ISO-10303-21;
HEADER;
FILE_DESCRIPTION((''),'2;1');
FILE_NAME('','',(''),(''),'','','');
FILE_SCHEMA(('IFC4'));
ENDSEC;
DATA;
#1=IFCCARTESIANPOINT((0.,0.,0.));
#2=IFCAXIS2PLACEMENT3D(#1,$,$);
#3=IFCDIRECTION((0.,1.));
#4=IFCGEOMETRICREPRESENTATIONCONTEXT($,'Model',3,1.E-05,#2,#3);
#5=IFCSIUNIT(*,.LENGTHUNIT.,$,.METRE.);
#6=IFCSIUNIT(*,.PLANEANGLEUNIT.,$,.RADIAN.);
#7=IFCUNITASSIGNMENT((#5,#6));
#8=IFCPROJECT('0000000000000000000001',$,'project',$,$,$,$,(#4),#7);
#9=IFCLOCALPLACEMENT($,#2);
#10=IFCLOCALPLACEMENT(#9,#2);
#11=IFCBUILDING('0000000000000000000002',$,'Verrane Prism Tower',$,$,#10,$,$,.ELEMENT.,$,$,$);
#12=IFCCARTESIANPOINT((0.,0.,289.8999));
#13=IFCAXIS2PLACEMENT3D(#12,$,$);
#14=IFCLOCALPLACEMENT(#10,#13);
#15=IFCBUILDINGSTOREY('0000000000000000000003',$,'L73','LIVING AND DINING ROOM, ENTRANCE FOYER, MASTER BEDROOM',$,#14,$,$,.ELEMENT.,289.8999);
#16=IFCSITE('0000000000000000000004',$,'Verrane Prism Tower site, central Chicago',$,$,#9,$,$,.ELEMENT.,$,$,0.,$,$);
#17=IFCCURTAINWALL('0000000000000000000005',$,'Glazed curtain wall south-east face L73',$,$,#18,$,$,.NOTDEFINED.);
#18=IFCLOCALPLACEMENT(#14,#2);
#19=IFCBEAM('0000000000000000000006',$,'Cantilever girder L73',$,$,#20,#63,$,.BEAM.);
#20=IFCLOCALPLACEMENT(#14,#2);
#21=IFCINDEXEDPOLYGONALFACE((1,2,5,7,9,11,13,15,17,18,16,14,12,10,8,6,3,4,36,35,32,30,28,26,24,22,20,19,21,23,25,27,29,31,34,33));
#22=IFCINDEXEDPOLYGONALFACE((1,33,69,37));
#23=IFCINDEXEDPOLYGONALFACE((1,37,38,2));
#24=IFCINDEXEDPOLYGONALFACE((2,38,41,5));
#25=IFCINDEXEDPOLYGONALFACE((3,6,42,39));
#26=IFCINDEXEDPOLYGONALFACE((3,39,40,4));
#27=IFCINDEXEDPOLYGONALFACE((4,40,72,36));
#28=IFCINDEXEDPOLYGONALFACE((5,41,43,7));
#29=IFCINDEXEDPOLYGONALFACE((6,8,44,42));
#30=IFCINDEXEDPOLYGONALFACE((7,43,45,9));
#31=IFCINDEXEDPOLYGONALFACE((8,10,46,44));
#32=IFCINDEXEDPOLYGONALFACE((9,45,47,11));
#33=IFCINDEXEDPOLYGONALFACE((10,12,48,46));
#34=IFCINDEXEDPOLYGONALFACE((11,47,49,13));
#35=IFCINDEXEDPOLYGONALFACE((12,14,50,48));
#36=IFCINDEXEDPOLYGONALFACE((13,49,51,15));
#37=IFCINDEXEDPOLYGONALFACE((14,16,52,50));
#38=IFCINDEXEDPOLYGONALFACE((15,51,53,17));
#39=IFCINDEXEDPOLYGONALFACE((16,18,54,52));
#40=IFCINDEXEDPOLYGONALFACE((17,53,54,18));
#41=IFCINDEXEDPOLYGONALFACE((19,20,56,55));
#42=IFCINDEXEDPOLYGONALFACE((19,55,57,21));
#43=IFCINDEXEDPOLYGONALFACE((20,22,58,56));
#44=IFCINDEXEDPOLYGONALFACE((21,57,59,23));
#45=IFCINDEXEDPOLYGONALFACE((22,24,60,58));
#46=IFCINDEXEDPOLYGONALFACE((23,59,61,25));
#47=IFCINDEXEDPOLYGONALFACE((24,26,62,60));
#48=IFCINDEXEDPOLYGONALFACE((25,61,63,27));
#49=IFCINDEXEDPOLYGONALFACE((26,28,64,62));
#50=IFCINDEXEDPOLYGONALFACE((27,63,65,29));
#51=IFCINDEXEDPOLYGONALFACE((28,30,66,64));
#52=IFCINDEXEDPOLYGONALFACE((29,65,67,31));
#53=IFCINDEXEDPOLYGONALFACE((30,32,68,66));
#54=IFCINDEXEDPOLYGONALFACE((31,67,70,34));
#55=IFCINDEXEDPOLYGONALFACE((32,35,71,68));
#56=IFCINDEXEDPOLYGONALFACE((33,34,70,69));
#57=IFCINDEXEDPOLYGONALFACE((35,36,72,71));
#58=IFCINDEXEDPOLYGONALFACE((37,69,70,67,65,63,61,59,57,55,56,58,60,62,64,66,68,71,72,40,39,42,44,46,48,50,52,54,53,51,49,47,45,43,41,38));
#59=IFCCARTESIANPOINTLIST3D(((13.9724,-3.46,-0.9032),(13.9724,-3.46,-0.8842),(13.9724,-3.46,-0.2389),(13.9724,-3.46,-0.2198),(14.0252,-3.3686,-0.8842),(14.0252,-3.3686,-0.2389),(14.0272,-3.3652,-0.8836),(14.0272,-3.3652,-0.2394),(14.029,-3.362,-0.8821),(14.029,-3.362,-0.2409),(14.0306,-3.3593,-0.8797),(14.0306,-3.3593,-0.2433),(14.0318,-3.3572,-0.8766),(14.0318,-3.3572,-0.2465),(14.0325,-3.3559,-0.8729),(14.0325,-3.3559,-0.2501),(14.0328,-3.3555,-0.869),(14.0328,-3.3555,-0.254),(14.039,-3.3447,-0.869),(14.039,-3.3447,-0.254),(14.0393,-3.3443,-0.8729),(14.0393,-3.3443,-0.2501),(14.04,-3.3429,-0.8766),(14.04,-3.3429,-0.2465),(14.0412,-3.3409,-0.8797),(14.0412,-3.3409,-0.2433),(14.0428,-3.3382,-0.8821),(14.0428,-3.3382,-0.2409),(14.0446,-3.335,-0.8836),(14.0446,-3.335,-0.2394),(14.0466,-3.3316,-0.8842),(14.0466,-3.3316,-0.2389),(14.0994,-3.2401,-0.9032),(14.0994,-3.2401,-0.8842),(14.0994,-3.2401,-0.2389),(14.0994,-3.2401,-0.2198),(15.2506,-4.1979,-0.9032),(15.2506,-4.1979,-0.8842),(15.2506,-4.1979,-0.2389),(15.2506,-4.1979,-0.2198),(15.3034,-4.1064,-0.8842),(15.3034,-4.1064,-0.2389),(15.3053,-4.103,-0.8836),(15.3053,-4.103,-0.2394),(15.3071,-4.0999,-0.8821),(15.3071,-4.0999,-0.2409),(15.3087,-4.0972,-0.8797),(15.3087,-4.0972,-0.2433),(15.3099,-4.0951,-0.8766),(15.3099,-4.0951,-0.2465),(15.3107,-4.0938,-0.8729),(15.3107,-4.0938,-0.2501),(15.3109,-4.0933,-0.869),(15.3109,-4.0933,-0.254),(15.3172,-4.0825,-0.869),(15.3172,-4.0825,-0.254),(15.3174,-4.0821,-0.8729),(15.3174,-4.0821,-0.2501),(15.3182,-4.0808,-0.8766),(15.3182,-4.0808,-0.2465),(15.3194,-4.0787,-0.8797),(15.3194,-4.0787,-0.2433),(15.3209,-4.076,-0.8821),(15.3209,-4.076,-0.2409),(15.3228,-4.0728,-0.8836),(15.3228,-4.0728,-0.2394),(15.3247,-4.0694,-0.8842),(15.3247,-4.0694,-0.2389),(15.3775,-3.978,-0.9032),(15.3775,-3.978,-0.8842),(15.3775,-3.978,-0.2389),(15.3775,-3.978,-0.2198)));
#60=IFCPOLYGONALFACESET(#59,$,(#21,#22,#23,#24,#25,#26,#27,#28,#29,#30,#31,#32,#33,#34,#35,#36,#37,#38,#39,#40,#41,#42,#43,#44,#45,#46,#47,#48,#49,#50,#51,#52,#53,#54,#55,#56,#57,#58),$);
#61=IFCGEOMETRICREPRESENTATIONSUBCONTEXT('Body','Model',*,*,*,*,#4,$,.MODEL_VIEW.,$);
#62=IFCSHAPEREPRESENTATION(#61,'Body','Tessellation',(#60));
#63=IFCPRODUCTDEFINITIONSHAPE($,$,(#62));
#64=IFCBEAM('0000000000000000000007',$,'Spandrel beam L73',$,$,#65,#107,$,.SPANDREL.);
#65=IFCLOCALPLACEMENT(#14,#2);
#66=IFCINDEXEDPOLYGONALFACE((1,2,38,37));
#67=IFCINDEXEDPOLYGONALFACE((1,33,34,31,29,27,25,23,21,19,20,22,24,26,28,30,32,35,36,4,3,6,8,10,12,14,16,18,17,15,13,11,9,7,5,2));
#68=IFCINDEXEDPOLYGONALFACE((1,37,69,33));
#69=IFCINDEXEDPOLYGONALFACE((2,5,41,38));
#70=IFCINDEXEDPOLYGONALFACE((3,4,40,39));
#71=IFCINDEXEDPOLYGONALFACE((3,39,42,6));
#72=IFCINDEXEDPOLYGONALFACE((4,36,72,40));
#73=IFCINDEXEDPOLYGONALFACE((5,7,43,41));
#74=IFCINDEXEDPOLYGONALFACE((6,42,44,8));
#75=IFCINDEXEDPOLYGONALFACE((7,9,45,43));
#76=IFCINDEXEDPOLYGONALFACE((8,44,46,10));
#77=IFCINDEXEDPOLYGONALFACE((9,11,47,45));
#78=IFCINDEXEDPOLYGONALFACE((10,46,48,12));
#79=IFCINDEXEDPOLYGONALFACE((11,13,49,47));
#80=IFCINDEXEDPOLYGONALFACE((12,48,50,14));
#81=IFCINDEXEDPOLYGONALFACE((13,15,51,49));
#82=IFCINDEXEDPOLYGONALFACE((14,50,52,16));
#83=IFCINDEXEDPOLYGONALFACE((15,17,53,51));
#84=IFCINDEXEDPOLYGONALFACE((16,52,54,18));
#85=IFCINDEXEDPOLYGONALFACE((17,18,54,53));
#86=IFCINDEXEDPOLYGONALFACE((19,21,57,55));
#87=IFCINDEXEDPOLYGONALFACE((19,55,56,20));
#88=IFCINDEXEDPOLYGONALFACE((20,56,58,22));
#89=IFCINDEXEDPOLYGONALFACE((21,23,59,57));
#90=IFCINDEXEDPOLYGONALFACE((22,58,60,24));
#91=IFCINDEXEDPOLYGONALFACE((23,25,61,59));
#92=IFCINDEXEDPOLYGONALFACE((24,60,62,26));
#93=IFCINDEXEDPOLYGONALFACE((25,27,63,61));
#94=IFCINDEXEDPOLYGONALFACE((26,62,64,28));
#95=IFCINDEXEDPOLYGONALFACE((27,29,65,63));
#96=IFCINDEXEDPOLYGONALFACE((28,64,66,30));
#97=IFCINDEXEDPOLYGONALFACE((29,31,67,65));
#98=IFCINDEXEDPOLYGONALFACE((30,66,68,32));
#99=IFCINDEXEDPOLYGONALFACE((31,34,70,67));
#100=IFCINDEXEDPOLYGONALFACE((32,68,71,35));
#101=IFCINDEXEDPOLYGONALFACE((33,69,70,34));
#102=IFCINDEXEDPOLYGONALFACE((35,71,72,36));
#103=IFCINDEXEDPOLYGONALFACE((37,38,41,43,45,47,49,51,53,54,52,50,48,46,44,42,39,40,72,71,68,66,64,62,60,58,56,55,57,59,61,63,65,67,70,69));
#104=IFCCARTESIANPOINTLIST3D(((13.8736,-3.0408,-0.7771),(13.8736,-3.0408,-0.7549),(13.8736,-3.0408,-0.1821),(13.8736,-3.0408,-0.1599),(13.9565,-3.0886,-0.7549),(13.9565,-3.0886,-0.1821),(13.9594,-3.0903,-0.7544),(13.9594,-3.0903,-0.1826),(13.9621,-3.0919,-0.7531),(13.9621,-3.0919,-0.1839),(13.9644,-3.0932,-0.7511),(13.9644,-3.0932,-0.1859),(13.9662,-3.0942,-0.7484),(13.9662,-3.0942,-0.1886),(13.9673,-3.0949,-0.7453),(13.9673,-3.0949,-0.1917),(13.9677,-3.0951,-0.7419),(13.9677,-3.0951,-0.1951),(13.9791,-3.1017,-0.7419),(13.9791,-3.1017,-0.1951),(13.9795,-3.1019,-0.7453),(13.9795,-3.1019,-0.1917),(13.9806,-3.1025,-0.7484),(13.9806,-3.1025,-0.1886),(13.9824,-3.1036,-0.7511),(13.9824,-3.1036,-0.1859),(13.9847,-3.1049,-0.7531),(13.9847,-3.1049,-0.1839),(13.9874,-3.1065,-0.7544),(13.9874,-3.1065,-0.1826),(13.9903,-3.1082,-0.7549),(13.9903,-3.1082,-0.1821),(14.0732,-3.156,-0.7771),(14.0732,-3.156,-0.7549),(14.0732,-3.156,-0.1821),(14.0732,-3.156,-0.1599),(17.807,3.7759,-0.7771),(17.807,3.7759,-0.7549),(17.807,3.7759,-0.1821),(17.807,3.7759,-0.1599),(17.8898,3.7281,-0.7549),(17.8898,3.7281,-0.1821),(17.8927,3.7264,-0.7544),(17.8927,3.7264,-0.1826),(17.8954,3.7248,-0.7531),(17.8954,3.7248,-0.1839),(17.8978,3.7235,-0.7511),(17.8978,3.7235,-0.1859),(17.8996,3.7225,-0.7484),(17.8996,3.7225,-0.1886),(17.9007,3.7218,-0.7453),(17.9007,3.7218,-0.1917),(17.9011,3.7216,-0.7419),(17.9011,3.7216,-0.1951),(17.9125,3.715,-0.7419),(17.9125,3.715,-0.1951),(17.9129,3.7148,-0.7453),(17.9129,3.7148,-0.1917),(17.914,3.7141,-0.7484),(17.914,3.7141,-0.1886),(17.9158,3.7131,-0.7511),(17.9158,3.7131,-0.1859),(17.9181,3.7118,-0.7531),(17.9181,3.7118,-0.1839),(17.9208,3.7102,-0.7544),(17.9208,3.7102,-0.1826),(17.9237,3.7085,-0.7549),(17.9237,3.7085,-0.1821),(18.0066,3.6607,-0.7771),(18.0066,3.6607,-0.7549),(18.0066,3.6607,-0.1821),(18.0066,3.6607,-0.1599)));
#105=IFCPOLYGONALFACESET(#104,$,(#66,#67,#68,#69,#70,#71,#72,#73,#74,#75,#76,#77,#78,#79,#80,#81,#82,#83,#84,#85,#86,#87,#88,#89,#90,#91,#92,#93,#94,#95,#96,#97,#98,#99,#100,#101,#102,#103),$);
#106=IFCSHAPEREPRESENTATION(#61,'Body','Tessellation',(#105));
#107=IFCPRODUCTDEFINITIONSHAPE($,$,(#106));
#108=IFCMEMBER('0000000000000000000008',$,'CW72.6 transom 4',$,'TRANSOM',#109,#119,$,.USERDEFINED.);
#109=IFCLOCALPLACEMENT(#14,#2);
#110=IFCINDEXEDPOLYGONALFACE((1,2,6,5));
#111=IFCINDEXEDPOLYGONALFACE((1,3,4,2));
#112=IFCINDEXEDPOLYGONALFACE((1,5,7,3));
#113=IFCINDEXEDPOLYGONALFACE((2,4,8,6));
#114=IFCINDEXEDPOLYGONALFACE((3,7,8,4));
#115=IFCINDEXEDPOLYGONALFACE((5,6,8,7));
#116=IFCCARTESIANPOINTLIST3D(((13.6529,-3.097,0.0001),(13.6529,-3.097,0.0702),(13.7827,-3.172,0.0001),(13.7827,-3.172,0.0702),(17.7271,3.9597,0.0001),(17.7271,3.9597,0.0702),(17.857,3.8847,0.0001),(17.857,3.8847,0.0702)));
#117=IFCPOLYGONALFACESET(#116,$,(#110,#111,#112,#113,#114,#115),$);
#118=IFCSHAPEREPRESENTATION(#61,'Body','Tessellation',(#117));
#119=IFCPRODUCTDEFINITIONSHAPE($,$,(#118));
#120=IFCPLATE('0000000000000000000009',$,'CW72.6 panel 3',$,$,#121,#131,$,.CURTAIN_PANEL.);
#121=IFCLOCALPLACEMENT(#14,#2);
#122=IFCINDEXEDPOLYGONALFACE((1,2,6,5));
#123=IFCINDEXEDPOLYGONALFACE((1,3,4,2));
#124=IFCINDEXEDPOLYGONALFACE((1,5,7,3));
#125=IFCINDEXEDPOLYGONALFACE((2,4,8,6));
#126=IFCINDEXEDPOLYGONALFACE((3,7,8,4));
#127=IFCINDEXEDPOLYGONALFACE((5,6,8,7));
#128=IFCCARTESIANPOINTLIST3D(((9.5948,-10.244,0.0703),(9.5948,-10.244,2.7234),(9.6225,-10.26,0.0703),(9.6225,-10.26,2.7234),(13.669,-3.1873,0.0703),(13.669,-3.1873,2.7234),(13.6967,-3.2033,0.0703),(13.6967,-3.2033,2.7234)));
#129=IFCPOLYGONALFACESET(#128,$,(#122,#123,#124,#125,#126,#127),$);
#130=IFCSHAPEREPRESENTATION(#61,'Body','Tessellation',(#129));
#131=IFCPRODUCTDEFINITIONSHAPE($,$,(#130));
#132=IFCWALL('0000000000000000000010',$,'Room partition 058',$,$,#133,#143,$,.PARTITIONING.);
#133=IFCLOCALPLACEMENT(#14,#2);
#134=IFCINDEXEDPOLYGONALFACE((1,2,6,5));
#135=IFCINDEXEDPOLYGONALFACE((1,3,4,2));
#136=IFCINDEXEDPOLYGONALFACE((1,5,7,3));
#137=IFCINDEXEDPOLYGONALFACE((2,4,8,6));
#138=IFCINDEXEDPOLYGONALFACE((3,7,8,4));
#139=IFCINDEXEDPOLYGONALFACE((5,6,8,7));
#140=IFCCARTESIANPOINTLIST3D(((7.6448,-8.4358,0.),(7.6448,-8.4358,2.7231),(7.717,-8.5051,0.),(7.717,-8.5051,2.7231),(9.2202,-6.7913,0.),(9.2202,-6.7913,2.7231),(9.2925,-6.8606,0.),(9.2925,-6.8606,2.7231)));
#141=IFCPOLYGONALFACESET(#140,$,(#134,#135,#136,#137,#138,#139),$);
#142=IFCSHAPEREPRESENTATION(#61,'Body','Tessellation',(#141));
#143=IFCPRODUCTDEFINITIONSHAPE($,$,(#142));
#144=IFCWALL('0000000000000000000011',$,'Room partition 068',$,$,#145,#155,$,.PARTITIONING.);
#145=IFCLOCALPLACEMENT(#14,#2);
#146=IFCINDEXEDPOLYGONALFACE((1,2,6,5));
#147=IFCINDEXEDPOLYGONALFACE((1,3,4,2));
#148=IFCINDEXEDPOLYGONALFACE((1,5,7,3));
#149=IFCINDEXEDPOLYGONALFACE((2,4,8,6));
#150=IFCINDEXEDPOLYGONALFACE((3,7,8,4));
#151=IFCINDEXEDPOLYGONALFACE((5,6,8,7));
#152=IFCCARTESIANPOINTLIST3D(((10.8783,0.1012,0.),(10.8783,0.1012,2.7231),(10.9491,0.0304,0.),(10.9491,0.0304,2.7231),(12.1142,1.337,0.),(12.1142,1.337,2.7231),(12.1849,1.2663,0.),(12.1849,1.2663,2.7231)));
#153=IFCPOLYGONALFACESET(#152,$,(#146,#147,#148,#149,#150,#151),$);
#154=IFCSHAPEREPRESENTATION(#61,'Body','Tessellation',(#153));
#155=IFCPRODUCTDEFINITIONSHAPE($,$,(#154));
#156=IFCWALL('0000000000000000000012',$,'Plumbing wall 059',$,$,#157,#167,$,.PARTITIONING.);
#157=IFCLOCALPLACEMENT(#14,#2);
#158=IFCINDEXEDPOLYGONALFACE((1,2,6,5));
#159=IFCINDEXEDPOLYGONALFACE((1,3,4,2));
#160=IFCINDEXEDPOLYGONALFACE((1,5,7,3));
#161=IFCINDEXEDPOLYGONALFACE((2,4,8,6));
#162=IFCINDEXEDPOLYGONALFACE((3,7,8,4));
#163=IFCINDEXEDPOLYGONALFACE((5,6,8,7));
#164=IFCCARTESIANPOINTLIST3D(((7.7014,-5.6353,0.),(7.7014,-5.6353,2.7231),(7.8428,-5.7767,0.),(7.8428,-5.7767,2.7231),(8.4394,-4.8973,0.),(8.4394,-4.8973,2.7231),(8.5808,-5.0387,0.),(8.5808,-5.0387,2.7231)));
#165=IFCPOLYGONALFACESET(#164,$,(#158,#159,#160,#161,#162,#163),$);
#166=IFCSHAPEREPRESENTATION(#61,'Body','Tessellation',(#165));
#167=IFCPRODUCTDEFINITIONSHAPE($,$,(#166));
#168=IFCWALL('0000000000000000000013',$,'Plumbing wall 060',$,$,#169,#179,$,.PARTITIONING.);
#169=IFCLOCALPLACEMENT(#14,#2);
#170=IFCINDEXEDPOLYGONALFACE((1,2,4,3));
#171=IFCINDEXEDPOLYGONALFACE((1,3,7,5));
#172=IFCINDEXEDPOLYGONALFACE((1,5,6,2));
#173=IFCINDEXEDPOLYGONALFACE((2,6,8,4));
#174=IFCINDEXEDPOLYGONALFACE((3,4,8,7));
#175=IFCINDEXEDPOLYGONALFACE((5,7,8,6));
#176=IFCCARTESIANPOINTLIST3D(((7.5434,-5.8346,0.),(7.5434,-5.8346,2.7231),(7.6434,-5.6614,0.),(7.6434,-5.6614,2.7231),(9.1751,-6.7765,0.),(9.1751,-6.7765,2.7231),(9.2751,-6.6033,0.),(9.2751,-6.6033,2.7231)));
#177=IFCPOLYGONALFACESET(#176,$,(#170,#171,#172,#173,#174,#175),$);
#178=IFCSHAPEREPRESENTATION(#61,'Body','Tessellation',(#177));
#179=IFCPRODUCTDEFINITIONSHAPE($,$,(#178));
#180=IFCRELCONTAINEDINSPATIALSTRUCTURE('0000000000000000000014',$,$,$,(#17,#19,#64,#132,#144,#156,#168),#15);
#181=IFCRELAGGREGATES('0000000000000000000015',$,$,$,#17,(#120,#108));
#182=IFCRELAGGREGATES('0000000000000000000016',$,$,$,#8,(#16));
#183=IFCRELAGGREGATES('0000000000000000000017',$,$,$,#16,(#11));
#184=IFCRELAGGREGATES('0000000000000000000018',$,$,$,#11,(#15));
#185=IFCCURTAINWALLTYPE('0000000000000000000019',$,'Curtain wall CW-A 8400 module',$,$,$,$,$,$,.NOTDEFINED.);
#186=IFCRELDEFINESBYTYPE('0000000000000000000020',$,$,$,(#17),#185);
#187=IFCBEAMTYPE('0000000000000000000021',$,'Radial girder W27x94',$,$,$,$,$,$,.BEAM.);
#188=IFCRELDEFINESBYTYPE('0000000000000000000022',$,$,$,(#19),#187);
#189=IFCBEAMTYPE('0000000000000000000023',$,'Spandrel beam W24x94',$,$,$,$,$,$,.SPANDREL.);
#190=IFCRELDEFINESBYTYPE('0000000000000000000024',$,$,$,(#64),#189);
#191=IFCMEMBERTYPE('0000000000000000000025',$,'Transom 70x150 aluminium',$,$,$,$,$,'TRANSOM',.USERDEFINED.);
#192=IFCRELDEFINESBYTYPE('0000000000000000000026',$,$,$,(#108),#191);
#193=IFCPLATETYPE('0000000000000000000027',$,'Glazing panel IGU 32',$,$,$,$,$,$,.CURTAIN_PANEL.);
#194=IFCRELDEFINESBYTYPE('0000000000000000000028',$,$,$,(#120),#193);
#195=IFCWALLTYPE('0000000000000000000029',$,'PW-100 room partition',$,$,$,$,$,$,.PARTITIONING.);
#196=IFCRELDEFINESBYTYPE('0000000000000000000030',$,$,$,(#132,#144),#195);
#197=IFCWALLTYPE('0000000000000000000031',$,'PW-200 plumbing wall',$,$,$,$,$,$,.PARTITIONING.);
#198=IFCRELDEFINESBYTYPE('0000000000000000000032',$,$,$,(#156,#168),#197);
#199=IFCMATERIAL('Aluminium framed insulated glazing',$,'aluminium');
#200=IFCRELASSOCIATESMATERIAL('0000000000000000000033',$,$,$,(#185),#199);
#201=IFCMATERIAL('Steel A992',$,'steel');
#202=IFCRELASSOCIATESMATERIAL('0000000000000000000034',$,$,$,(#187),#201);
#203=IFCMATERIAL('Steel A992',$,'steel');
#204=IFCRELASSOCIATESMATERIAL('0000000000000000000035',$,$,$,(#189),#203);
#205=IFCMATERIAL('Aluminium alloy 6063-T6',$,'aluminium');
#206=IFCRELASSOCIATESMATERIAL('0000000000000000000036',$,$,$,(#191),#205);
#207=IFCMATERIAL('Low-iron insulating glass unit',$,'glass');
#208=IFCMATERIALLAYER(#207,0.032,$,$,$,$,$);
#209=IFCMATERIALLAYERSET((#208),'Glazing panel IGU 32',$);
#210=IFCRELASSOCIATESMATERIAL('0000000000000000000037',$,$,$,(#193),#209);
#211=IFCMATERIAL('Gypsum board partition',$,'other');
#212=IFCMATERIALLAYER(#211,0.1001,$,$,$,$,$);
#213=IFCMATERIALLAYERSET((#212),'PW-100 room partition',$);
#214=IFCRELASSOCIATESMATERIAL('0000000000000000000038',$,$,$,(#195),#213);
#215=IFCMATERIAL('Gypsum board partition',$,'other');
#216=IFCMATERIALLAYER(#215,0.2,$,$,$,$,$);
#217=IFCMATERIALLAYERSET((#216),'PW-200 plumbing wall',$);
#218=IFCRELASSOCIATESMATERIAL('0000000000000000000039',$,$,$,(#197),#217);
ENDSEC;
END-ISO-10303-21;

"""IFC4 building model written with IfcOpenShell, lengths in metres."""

from ifc_helpers import new_model, si_unit, direction, frame, frame_2d, origin, origin_2d, place, context, subcontext, project, spatial, rectangle, i_section, extrude, material, layer, layer_set, material_profile, profile_set, type_object, element, aggregate, save


model = new_model("IFC4")

# Units and contexts
model_context = context("Model", 3, precision=1e-05, world=origin(), true_north=direction((0.0, 1.0)))
body_context = subcontext(model_context, "Body", "Model", "MODEL_VIEW")
ifc_project = project(units=[si_unit("LENGTHUNIT", "METRE"), si_unit("PLANEANGLEUNIT", "RADIAN")], contexts=[model_context])

# Site, building, storey
site_placement = place(None, origin())
site = spatial("IfcSite", under=ifc_project, at=site_placement, Name="Verrane Prism Tower site, central Chicago", CompositionType="ELEMENT", RefElevation=0.0)
building_placement = place(site_placement, origin())
building = spatial("IfcBuilding", under=site, at=building_placement, Name="Verrane Prism Tower", CompositionType="ELEMENT")
storey_placement = place(building_placement, frame((0.0, 0.0, 289.8999)))
storey = spatial("IfcBuildingStorey", under=building, at=storey_placement, Name="L73", Description="LIVING AND DINING ROOM, ENTRANCE FOYER, MASTER BEDROOM", CompositionType="ELEMENT", Elevation=289.8999)

# Curtain wall
ifc_material_1 = material(Name="Aluminium framed insulated glazing", Category="aluminium")
curtain_wall_type = type_object("IfcCurtainWallType", Name="Curtain wall CW-A 8400 module", PredefinedType="NOTDEFINED", material=ifc_material_1)
curtain_wall_placement = place(storey_placement, origin())
curtain_wall = element("IfcCurtainWall", 1, at=curtain_wall_placement, inside=storey, type_object=curtain_wall_type, Name="Glazed curtain wall south-east face L73", PredefinedType="NOTDEFINED")

# Beams
ifc_material_2 = material(Name="Steel A992", Category="steel")
ifc_material_profile_1 = material_profile(ifc_material_2, i_section(OverallWidth=0.2539, OverallDepth=0.6833, WebThickness=0.0125, FlangeThickness=0.019, FilletRadius=0.0151, at=origin_2d()), Name="W27x94")
ifc_profile_set_1 = profile_set([ifc_material_profile_1], Name="Steel A992")
beam_type_1 = type_object("IfcBeamType", Name="Radial girder W27x94", PredefinedType="BEAM", material=ifc_profile_set_1)
beam_1_placement = place(storey_placement, frame((14.0359, -3.3501, -0.5615), z_axis=(0.866056, -0.499947, 0.0), x_axis=(0.499947, 0.866056, 0.0)))
element("IfcBeam", 2, at=beam_1_placement, inside=storey, type_object=beam_type_1, Name="Cantilever girder L73", PredefinedType="BEAM", context=body_context, shape_type="SweptSolid", body=[
    extrude(i_section(OverallWidth=0.2539, OverallDepth=0.6833, WebThickness=0.0125, FlangeThickness=0.019, FilletRadius=0.0151, at=origin_2d()), origin(), (0.0, 0.0, 1.0), 1.4758),
])
ifc_material_3 = material(Name="Steel A992", Category="steel")
ifc_material_profile_2 = material_profile(ifc_material_3, i_section(OverallWidth=0.2305, OverallDepth=0.6172, WebThickness=0.0132, FlangeThickness=0.0222, FilletRadius=0.0129, at=origin_2d()), Name="W24x94")
ifc_profile_set_2 = profile_set([ifc_material_profile_2], Name="Steel A992")
beam_type_2 = type_object("IfcBeamType", Name="Spandrel beam W24x94", PredefinedType="SPANDREL", material=ifc_profile_set_2)
beam_2_placement = place(storey_placement, frame((13.9734, -3.0984, -0.4685), z_axis=(0.499786, 0.866149, 0.0), x_axis=(-0.866149, 0.499786, 0.0)))
element("IfcBeam", 3, at=beam_2_placement, inside=storey, type_object=beam_type_2, Name="Spandrel beam L73", PredefinedType="SPANDREL", context=body_context, shape_type="SweptSolid", body=[
    extrude(i_section(OverallWidth=0.2305, OverallDepth=0.6172, WebThickness=0.0132, FlangeThickness=0.0222, FilletRadius=0.0129, at=origin_2d()), origin(), (0.0, 0.0, 1.0), 7.8701),
])

# Member
ifc_material_4 = material(Name="Aluminium alloy 6063-T6", Category="aluminium")
ifc_material_profile_3 = material_profile(ifc_material_4, rectangle(XDim=0.1499, YDim=0.0701, at=origin_2d()), Name="Transom 70x150 aluminium")
ifc_profile_set_3 = profile_set([ifc_material_profile_3], Name="Aluminium alloy 6063-T6")
member_type_1 = type_object("IfcMemberType", Name="Transom 70x150 aluminium", ElementType="TRANSOM", PredefinedType="USERDEFINED", material=ifc_profile_set_3)
member_1_placement = place(storey_placement, frame((13.7178, -3.1345, 0.0352), z_axis=(0.500006, 0.866022, 0.0), x_axis=(-0.866022, 0.500006, 0.0)))
member_1 = element("IfcMember", 4, at=member_1_placement, type_object=member_type_1, Name="CW72.6 transom 4", ObjectType="TRANSOM", PredefinedType="USERDEFINED", context=body_context, shape_type="SweptSolid", body=[
    extrude(rectangle(XDim=0.1499, YDim=0.0701, at=origin_2d()), origin(), (0.0, 0.0, 1.0), 8.1484),
])

# Plate
ifc_material_5 = material(Name="Low-iron insulating glass unit", Category="glass")
ifc_layer_1 = layer(ifc_material_5, 0.032)
ifc_layer_set_1 = layer_set([ifc_layer_1], Name="Glazing panel IGU 32")
plate_type = type_object("IfcPlateType", Name="Glazing panel IGU 32", PredefinedType="CURTAIN_PANEL", material=ifc_layer_set_1)
plate_placement = place(storey_placement, frame((11.6458, -6.7236, 0.0703), z_axis=(0.0, 0.0, 1.0), x_axis=(0.500001, 0.866025, 0.0)))
plate = element("IfcPlate", 5, at=plate_placement, type_object=plate_type, Name="CW72.6 panel 3", PredefinedType="CURTAIN_PANEL", context=body_context, shape_type="SweptSolid", body=[
    extrude(rectangle(XDim=8.1484, YDim=0.032, at=origin_2d()), origin(), (0.0, 0.0, 1.0), 2.6531),
])
aggregate(curtain_wall, [plate, member_1])

# Walls
ifc_material_6 = material(Name="Gypsum board partition", Category="other")
ifc_layer_2 = layer(ifc_material_6, 0.1001)
ifc_layer_set_2 = layer_set([ifc_layer_2], Name="PW-100 room partition")
wall_type_1 = type_object("IfcWallType", Name="PW-100 room partition", PredefinedType="PARTITIONING", material=ifc_layer_set_2)
wall_1_placement = place(storey_placement, frame((7.6809, -8.4705, 0.0), z_axis=(0.0, 0.0, 1.0), x_axis=(0.691775, 0.722113, 0.0)))
element("IfcWall", 6, at=wall_1_placement, inside=storey, type_object=wall_type_1, Name="Room partition 058", PredefinedType="PARTITIONING", context=body_context, shape_type="SweptSolid", body=[
    extrude(rectangle(XDim=2.2773, YDim=0.1001, at=frame_2d((1.1387, 0.0))), origin(), (0.0, 0.0, 1.0), 2.7231),
])
wall_2_placement = place(storey_placement, frame((10.9136, 0.0657, 0.0), z_axis=(0.0, 0.0, 1.0), x_axis=(0.707107, 0.707107, 0.0)))
element("IfcWall", 7, at=wall_2_placement, inside=storey, type_object=wall_type_1, Name="Room partition 068", PredefinedType="PARTITIONING", context=body_context, shape_type="SweptSolid", body=[
    extrude(rectangle(XDim=1.7478, YDim=0.1001, at=frame_2d((0.874, 0.0))), origin(), (0.0, 0.0, 1.0), 2.7231),
])
ifc_material_7 = material(Name="Gypsum board partition", Category="other")
ifc_layer_3 = layer(ifc_material_7, 0.2)
ifc_layer_set_3 = layer_set([ifc_layer_3], Name="PW-200 plumbing wall")
wall_type_2 = type_object("IfcWallType", Name="PW-200 plumbing wall", PredefinedType="PARTITIONING", material=ifc_layer_set_3)
wall_3_placement = place(storey_placement, frame((7.772, -5.7061, 0.0), z_axis=(0.0, 0.0, 1.0), x_axis=(0.707107, 0.707107, 0.0)))
element("IfcWall", 8, at=wall_3_placement, inside=storey, type_object=wall_type_2, Name="Plumbing wall 059", PredefinedType="PARTITIONING", context=body_context, shape_type="SweptSolid", body=[
    extrude(rectangle(XDim=1.0437, YDim=0.2, at=frame_2d((0.522, 0.0))), origin(), (0.0, 0.0, 1.0), 2.7231),
])
wall_4_placement = place(storey_placement, frame((7.5935, -5.748, 0.0), z_axis=(0.0, 0.0, 1.0), x_axis=(0.86605, -0.499958, 0.0)))
element("IfcWall", 9, at=wall_4_placement, inside=storey, type_object=wall_type_2, Name="Plumbing wall 060", PredefinedType="PARTITIONING", context=body_context, shape_type="SweptSolid", body=[
    extrude(rectangle(XDim=1.884, YDim=0.2, at=frame_2d((0.9419, 0.0))), origin(), (0.0, 0.0, 1.0), 2.7231),
])

save(model, "model.ifc")
